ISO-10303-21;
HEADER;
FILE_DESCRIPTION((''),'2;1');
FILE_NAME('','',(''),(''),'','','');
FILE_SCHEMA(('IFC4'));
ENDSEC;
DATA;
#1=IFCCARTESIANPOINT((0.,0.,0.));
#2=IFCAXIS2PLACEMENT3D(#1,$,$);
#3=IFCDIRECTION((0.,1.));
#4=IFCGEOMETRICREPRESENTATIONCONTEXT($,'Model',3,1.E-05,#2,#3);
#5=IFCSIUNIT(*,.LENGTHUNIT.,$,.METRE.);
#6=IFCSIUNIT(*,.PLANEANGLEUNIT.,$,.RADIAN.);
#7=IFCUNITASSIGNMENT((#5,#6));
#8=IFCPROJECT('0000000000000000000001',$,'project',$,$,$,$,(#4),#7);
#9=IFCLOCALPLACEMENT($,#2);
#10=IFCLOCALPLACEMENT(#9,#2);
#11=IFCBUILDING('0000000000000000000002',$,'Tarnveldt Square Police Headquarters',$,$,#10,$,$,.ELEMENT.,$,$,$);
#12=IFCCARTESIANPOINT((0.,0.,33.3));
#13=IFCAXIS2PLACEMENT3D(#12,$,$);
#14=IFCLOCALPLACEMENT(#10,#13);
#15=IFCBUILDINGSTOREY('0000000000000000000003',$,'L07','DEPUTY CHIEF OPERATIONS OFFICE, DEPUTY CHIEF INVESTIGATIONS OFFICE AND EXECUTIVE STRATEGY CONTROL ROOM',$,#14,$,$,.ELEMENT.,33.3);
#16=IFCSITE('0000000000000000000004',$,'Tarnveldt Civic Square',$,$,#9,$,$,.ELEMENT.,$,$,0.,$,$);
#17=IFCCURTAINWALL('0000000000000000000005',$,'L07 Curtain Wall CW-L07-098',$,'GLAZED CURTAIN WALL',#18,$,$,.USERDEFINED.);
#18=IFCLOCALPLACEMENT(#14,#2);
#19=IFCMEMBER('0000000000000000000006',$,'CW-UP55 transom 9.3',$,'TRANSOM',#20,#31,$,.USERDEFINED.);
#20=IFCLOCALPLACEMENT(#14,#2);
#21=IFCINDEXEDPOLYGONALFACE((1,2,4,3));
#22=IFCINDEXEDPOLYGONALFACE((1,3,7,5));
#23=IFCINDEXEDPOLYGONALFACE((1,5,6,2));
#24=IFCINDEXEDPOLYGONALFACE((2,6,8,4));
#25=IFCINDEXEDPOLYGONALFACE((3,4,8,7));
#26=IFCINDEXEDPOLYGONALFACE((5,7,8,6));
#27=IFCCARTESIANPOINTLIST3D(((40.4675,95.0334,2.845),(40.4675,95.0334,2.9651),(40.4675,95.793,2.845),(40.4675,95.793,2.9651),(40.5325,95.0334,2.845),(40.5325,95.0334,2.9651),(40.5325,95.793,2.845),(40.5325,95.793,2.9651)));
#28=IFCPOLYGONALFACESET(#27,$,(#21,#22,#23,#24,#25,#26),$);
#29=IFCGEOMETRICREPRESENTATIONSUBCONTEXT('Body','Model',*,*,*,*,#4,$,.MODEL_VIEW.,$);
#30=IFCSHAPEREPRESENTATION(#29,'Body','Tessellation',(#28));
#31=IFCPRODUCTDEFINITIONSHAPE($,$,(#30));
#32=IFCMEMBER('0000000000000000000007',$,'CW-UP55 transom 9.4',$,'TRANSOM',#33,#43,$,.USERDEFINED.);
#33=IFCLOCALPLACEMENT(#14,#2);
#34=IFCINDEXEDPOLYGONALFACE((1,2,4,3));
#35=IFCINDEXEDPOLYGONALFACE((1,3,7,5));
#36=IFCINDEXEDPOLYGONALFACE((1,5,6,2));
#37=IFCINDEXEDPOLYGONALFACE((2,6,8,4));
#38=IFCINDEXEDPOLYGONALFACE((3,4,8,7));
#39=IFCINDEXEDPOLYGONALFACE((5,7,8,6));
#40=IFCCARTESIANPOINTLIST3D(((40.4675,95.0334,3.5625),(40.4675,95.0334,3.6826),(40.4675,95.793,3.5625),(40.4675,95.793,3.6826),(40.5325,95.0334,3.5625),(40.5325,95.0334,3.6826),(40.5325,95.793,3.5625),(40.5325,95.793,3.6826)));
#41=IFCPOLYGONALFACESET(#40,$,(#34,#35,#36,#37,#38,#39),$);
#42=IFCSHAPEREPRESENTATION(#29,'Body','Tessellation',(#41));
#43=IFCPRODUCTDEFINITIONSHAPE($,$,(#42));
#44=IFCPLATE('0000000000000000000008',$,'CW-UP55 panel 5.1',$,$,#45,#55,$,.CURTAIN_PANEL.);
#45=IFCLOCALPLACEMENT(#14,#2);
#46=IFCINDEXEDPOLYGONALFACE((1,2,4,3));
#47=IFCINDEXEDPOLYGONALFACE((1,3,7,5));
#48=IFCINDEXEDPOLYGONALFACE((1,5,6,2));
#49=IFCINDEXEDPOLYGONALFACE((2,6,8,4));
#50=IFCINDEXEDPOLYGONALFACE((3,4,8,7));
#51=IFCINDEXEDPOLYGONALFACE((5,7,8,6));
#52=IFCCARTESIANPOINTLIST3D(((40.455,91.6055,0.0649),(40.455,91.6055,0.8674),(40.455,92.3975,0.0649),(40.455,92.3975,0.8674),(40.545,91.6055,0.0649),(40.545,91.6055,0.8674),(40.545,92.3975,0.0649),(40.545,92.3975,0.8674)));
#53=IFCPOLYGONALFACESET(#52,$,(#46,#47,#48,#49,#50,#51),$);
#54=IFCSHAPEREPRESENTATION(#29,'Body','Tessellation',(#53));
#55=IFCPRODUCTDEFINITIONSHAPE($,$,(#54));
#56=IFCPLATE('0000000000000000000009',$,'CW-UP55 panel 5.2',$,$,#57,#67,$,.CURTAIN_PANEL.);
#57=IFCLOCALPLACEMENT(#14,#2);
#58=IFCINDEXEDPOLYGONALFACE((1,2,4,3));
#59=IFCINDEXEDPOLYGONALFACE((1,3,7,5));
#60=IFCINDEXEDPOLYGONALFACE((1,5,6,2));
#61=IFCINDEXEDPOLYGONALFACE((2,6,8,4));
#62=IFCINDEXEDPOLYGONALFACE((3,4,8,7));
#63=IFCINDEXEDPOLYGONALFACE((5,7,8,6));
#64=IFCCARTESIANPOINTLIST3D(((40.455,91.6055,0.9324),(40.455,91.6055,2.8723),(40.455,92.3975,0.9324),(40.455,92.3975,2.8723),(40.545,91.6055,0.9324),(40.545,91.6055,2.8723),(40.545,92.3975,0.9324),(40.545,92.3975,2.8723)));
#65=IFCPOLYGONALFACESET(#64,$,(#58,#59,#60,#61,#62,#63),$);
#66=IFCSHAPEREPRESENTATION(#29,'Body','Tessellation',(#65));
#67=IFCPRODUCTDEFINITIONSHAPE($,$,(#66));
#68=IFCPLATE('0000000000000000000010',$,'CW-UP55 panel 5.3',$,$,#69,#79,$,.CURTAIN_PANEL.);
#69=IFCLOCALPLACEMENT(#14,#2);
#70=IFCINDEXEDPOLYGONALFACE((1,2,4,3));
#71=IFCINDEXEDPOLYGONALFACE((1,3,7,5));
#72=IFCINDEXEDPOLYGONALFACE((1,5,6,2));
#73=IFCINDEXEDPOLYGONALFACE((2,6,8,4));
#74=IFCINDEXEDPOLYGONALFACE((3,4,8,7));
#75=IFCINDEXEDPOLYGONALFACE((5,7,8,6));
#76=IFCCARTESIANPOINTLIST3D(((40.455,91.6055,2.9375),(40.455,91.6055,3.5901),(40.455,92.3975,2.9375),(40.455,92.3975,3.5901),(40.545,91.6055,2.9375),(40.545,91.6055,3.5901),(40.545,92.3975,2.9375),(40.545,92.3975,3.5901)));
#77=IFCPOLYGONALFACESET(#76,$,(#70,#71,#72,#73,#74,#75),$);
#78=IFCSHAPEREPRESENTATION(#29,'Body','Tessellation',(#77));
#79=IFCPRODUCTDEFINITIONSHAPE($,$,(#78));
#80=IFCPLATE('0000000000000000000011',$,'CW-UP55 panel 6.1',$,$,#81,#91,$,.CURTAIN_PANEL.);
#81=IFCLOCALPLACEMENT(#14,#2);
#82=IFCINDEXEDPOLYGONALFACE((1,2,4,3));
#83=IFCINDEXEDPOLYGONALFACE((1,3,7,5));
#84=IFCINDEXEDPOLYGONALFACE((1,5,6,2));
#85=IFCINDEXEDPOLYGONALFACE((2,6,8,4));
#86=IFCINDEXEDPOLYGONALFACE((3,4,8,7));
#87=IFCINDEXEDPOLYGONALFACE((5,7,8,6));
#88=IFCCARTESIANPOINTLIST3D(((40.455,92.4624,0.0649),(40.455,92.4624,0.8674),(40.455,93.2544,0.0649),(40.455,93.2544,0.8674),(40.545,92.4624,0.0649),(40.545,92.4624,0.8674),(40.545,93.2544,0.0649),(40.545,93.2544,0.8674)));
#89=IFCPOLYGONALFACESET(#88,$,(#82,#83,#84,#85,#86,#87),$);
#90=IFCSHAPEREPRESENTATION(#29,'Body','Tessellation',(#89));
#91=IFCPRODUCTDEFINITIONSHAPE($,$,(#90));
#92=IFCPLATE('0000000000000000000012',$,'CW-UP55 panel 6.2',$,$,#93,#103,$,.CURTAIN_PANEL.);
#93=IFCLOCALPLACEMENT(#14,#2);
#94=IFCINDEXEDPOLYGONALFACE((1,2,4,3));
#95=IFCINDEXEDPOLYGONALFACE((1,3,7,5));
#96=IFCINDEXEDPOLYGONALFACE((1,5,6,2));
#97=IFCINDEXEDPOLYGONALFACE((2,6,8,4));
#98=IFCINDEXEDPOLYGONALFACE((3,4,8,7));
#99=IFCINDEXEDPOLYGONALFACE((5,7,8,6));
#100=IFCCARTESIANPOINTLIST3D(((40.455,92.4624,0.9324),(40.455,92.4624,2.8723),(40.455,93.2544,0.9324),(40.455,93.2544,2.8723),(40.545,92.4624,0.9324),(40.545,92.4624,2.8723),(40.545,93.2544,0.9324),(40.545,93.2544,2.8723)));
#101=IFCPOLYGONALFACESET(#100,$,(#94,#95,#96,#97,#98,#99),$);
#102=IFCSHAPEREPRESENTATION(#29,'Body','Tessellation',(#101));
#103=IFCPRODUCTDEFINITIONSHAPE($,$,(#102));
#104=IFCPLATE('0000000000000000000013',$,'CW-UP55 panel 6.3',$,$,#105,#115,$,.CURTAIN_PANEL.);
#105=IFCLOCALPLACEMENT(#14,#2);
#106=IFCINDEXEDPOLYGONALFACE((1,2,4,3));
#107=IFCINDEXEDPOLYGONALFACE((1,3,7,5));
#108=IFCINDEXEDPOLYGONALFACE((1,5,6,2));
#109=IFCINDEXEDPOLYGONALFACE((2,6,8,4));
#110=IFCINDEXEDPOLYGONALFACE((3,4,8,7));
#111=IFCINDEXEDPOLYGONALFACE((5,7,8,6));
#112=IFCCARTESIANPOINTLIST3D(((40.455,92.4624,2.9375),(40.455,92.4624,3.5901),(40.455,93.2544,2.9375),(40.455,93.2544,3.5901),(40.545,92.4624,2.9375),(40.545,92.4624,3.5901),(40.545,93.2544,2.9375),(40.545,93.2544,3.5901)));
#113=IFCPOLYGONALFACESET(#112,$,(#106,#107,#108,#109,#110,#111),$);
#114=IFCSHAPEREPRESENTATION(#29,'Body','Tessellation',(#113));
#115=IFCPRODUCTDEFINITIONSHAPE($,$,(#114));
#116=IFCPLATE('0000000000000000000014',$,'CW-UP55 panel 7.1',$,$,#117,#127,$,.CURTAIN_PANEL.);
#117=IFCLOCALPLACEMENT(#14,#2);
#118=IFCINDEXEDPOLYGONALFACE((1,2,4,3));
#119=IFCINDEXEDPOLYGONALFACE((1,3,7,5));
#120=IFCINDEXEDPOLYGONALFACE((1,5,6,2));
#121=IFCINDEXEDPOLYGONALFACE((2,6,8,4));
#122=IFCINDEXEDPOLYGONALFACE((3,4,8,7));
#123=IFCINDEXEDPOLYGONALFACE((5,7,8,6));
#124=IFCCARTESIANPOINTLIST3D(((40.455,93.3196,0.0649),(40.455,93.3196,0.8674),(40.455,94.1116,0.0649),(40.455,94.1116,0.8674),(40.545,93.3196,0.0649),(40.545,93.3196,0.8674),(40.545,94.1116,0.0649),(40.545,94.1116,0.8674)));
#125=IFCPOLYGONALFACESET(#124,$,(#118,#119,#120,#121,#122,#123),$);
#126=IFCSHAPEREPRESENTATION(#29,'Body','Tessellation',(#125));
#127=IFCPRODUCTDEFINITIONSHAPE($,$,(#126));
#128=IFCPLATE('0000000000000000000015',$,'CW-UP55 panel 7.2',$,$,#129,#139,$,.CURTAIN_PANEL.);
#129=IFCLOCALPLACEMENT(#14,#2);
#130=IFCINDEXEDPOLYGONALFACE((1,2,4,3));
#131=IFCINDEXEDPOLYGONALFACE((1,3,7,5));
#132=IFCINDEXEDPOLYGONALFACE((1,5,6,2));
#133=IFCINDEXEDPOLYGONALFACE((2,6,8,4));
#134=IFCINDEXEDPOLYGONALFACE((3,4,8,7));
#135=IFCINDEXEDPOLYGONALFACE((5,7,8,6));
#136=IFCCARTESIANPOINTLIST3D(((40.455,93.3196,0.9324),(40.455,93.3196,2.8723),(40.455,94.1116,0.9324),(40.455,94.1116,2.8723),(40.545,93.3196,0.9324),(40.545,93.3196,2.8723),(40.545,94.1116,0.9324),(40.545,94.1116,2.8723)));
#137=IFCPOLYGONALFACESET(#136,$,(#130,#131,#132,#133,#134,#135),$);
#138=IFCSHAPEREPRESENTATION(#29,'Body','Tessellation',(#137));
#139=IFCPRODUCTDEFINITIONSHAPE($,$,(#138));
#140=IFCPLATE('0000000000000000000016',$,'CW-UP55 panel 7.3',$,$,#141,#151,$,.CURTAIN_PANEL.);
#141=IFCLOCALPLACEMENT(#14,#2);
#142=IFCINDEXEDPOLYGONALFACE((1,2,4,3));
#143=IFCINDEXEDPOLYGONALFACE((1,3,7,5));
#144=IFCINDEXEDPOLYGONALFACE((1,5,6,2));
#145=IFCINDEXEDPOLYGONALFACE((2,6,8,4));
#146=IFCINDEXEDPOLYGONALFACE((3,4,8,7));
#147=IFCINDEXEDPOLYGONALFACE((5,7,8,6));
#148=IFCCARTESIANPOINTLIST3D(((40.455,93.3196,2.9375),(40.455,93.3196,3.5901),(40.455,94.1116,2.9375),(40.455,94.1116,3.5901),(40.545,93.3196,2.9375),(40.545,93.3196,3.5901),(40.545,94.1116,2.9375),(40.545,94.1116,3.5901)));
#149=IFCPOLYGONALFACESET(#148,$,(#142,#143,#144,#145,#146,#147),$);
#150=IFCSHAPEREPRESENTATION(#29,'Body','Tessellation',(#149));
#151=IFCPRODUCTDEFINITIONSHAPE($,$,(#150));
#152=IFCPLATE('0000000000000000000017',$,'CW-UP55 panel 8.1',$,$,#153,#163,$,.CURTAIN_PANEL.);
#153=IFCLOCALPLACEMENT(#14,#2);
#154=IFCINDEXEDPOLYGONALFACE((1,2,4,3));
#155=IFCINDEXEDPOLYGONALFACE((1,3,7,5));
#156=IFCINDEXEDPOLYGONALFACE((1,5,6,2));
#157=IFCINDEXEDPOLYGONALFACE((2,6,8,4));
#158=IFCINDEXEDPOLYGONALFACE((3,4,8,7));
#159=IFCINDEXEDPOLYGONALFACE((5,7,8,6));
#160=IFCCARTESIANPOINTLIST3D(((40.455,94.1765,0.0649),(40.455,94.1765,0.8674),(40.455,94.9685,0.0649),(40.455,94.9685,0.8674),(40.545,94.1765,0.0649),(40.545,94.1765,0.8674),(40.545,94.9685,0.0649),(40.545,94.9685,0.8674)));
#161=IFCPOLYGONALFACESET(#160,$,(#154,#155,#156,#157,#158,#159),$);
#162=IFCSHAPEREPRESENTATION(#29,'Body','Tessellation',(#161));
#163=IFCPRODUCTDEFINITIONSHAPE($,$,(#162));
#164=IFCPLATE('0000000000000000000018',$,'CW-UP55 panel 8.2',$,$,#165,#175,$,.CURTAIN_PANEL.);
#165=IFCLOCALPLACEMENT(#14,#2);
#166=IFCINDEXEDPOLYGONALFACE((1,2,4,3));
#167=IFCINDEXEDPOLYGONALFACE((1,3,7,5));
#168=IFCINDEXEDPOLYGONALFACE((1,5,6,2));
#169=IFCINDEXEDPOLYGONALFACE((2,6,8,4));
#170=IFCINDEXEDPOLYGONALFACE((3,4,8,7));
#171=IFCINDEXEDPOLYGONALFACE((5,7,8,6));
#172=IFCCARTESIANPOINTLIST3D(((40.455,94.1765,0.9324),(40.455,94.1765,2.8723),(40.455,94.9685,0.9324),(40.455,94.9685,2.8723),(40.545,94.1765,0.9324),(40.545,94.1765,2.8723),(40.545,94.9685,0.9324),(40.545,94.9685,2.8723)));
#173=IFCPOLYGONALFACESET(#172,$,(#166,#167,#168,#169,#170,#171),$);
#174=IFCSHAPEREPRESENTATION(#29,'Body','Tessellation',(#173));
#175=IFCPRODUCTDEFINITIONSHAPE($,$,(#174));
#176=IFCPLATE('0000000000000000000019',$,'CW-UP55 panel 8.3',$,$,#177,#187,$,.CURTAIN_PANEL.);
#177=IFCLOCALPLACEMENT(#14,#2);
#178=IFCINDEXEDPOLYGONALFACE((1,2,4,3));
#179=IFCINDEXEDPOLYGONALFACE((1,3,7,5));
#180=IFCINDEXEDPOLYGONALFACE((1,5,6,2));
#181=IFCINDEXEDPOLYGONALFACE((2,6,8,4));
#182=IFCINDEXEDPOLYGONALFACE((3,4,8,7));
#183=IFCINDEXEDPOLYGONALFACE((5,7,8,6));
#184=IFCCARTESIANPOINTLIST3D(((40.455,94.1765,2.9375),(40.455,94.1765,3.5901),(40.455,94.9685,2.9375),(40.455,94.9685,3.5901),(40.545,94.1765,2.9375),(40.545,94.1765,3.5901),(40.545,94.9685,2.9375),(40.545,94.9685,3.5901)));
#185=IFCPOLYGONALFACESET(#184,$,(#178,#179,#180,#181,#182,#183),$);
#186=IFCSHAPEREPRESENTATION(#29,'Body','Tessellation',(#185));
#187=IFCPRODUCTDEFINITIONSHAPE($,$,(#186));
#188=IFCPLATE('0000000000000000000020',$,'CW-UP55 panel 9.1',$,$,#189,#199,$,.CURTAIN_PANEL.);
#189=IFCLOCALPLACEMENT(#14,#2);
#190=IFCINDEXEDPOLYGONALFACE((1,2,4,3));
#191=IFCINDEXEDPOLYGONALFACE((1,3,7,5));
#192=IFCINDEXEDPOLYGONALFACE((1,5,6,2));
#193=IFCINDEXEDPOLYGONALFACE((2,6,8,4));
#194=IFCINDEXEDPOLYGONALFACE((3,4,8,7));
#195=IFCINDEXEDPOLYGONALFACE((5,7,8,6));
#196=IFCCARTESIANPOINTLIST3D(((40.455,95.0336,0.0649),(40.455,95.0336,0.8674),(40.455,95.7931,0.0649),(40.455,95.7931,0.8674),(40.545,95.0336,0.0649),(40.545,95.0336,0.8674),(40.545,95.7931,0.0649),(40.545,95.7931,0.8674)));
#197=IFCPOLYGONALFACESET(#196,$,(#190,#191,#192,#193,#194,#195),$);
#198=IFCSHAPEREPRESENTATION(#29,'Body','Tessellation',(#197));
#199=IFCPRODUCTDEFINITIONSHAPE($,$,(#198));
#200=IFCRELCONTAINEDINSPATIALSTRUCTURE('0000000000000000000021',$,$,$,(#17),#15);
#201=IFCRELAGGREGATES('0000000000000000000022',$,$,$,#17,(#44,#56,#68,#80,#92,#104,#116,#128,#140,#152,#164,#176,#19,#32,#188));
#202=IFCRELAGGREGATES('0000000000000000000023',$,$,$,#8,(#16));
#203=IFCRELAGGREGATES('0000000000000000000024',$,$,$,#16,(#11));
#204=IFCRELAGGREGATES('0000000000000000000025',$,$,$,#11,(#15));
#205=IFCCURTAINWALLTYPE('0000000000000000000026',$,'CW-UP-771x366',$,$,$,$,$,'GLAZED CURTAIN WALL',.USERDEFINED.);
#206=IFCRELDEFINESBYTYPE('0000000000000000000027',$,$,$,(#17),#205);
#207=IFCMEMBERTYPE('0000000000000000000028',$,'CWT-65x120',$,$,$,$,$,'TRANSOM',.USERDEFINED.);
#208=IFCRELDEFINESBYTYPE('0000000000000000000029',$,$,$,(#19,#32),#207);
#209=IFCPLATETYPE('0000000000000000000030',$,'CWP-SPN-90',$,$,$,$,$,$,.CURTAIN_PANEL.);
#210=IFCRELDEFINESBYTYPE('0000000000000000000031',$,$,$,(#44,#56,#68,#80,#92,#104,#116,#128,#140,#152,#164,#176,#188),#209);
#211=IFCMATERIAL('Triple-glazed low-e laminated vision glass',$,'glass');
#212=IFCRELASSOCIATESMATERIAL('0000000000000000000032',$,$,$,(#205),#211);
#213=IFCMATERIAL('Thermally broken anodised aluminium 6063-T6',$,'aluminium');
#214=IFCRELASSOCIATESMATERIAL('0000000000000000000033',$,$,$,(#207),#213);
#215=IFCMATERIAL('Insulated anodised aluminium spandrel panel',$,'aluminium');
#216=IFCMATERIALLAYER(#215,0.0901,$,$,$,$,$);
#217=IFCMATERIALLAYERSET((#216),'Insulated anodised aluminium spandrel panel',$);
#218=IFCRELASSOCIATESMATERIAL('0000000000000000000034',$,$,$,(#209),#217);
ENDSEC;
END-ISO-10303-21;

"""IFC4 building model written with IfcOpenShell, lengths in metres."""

from ifc_helpers import new_model, si_unit, direction, frame, origin, origin_2d, place, context, subcontext, project, spatial, rectangle, extrude, material, layer, layer_set, material_profile, profile_set, type_object, element, aggregate, save


model = new_model("IFC4")

# Units and contexts
model_context = context("Model", 3, precision=1e-05, world=origin(), true_north=direction((0.0, 1.0)))
body_context = subcontext(model_context, "Body", "Model", "MODEL_VIEW")
ifc_project = project(units=[si_unit("LENGTHUNIT", "METRE"), si_unit("PLANEANGLEUNIT", "RADIAN")], contexts=[model_context])

# Site, building, storey
site_placement = place(None, origin())
site = spatial("IfcSite", under=ifc_project, at=site_placement, Name="Tarnveldt Civic Square", CompositionType="ELEMENT", RefElevation=0.0)
building_placement = place(site_placement, origin())
building = spatial("IfcBuilding", under=site, at=building_placement, Name="Tarnveldt Square Police Headquarters", CompositionType="ELEMENT")
storey_placement = place(building_placement, frame((0.0, 0.0, 33.3)))
storey = spatial("IfcBuildingStorey", under=building, at=storey_placement, Name="L07", Description="DEPUTY CHIEF OPERATIONS OFFICE, DEPUTY CHIEF INVESTIGATIONS OFFICE AND EXECUTIVE STRATEGY CONTROL ROOM", CompositionType="ELEMENT", Elevation=33.3)

# Curtain wall, members, plates
ifc_material_1 = material(Name="Triple-glazed low-e laminated vision glass", Category="glass")
curtain_wall_type = type_object("IfcCurtainWallType", Name="CW-UP-771x366", ElementType="GLAZED CURTAIN WALL", PredefinedType="USERDEFINED", material=ifc_material_1)
curtain_wall_placement = place(storey_placement, origin())
curtain_wall = element("IfcCurtainWall", 1, at=curtain_wall_placement, inside=storey, type_object=curtain_wall_type, Name="L07 Curtain Wall CW-L07-098", ObjectType="GLAZED CURTAIN WALL", PredefinedType="USERDEFINED")
ifc_material_2 = material(Name="Thermally broken anodised aluminium 6063-T6", Category="aluminium")
ifc_material_profile_1 = material_profile(ifc_material_2, rectangle(XDim=0.0649, YDim=0.1201, at=origin_2d()), Name="CW-T65x120")
ifc_profile_set_1 = profile_set([ifc_material_profile_1], Name="Thermally broken anodised aluminium 6063-T6")
member_type_1 = type_object("IfcMemberType", Name="CWT-65x120", ElementType="TRANSOM", PredefinedType="USERDEFINED", material=ifc_profile_set_1)
member_1_placement = place(storey_placement, frame((40.5, 95.0334, 2.905), z_axis=(0.0, 1.0, 0.0), x_axis=(-1.0, 0.0, 0.0)))
member_1 = element("IfcMember", 2, at=member_1_placement, type_object=member_type_1, Name="CW-UP55 transom 9.3", ObjectType="TRANSOM", PredefinedType="USERDEFINED", context=body_context, shape_type="SweptSolid", body=[
    extrude(rectangle(XDim=0.0649, YDim=0.1201, at=origin_2d()), origin(), (0.0, 0.0, 1.0), 0.7595),
])
member_2_placement = place(storey_placement, frame((40.5, 95.0334, 3.6226), z_axis=(0.0, 1.0, 0.0), x_axis=(-1.0, 0.0, 0.0)))
member_2 = element("IfcMember", 3, at=member_2_placement, type_object=member_type_1, Name="CW-UP55 transom 9.4", ObjectType="TRANSOM", PredefinedType="USERDEFINED", context=body_context, shape_type="SweptSolid", body=[
    extrude(rectangle(XDim=0.0649, YDim=0.1201, at=origin_2d()), origin(), (0.0, 0.0, 1.0), 0.7595),
])
ifc_material_3 = material(Name="Insulated anodised aluminium spandrel panel", Category="aluminium")
ifc_layer = layer(ifc_material_3, 0.0901)
ifc_layer_set = layer_set([ifc_layer], Name="Insulated anodised aluminium spandrel panel")
plate_type = type_object("IfcPlateType", Name="CWP-SPN-90", PredefinedType="CURTAIN_PANEL", material=ifc_layer_set)
plate_1_placement = place(storey_placement, frame((40.5, 92.0015, 0.0649), z_axis=(0.0, 0.0, 1.0), x_axis=(0.0, 1.0, 0.0)))
plate_1 = element("IfcPlate", 4, at=plate_1_placement, type_object=plate_type, Name="CW-UP55 panel 5.1", PredefinedType="CURTAIN_PANEL", context=body_context, shape_type="SweptSolid", body=[
    extrude(rectangle(XDim=0.792, YDim=0.0901, at=origin_2d()), origin(), (0.0, 0.0, 1.0), 0.8025),
])
plate_2_placement = place(storey_placement, frame((40.5, 92.0015, 0.9324), z_axis=(0.0, 0.0, 1.0), x_axis=(0.0, 1.0, 0.0)))
plate_2 = element("IfcPlate", 5, at=plate_2_placement, type_object=plate_type, Name="CW-UP55 panel 5.2", PredefinedType="CURTAIN_PANEL", context=body_context, shape_type="SweptSolid", body=[
    extrude(rectangle(XDim=0.792, YDim=0.0901, at=origin_2d()), origin(), (0.0, 0.0, 1.0), 1.9399),
])
plate_3_placement = place(storey_placement, frame((40.5, 92.0015, 2.9375), z_axis=(0.0, 0.0, 1.0), x_axis=(0.0, 1.0, 0.0)))
plate_3 = element("IfcPlate", 6, at=plate_3_placement, type_object=plate_type, Name="CW-UP55 panel 5.3", PredefinedType="CURTAIN_PANEL", context=body_context, shape_type="SweptSolid", body=[
    extrude(rectangle(XDim=0.792, YDim=0.0901, at=origin_2d()), origin(), (0.0, 0.0, 1.0), 0.6526),
])
plate_4_placement = place(storey_placement, frame((40.5, 92.8584, 0.0649), z_axis=(0.0, 0.0, 1.0), x_axis=(0.0, 1.0, 0.0)))
plate_4 = element("IfcPlate", 7, at=plate_4_placement, type_object=plate_type, Name="CW-UP55 panel 6.1", PredefinedType="CURTAIN_PANEL", context=body_context, shape_type="SweptSolid", body=[
    extrude(rectangle(XDim=0.792, YDim=0.0901, at=origin_2d()), origin(), (0.0, 0.0, 1.0), 0.8025),
])
plate_5_placement = place(storey_placement, frame((40.5, 92.8584, 0.9324), z_axis=(0.0, 0.0, 1.0), x_axis=(0.0, 1.0, 0.0)))
plate_5 = element("IfcPlate", 8, at=plate_5_placement, type_object=plate_type, Name="CW-UP55 panel 6.2", PredefinedType="CURTAIN_PANEL", context=body_context, shape_type="SweptSolid", body=[
    extrude(rectangle(XDim=0.792, YDim=0.0901, at=origin_2d()), origin(), (0.0, 0.0, 1.0), 1.9399),
])
plate_6_placement = place(storey_placement, frame((40.5, 92.8584, 2.9375), z_axis=(0.0, 0.0, 1.0), x_axis=(0.0, 1.0, 0.0)))
plate_6 = element("IfcPlate", 9, at=plate_6_placement, type_object=plate_type, Name="CW-UP55 panel 6.3", PredefinedType="CURTAIN_PANEL", context=body_context, shape_type="SweptSolid", body=[
    extrude(rectangle(XDim=0.792, YDim=0.0901, at=origin_2d()), origin(), (0.0, 0.0, 1.0), 0.6526),
])
plate_7_placement = place(storey_placement, frame((40.5, 93.7156, 0.0649), z_axis=(0.0, 0.0, 1.0), x_axis=(0.0, 1.0, 0.0)))
plate_7 = element("IfcPlate", 10, at=plate_7_placement, type_object=plate_type, Name="CW-UP55 panel 7.1", PredefinedType="CURTAIN_PANEL", context=body_context, shape_type="SweptSolid", body=[
    extrude(rectangle(XDim=0.792, YDim=0.0901, at=origin_2d()), origin(), (0.0, 0.0, 1.0), 0.8025),
])
plate_8_placement = place(storey_placement, frame((40.5, 93.7156, 0.9324), z_axis=(0.0, 0.0, 1.0), x_axis=(0.0, 1.0, 0.0)))
plate_8 = element("IfcPlate", 11, at=plate_8_placement, type_object=plate_type, Name="CW-UP55 panel 7.2", PredefinedType="CURTAIN_PANEL", context=body_context, shape_type="SweptSolid", body=[
    extrude(rectangle(XDim=0.792, YDim=0.0901, at=origin_2d()), origin(), (0.0, 0.0, 1.0), 1.9399),
])
plate_9_placement = place(storey_placement, frame((40.5, 93.7156, 2.9375), z_axis=(0.0, 0.0, 1.0), x_axis=(0.0, 1.0, 0.0)))
plate_9 = element("IfcPlate", 12, at=plate_9_placement, type_object=plate_type, Name="CW-UP55 panel 7.3", PredefinedType="CURTAIN_PANEL", context=body_context, shape_type="SweptSolid", body=[
    extrude(rectangle(XDim=0.792, YDim=0.0901, at=origin_2d()), origin(), (0.0, 0.0, 1.0), 0.6526),
])
plate_10_placement = place(storey_placement, frame((40.5, 94.5725, 0.0649), z_axis=(0.0, 0.0, 1.0), x_axis=(0.0, 1.0, 0.0)))
plate_10 = element("IfcPlate", 13, at=plate_10_placement, type_object=plate_type, Name="CW-UP55 panel 8.1", PredefinedType="CURTAIN_PANEL", context=body_context, shape_type="SweptSolid", body=[
    extrude(rectangle(XDim=0.792, YDim=0.0901, at=origin_2d()), origin(), (0.0, 0.0, 1.0), 0.8025),
])
plate_11_placement = place(storey_placement, frame((40.5, 94.5725, 0.9324), z_axis=(0.0, 0.0, 1.0), x_axis=(0.0, 1.0, 0.0)))
plate_11 = element("IfcPlate", 14, at=plate_11_placement, type_object=plate_type, Name="CW-UP55 panel 8.2", PredefinedType="CURTAIN_PANEL", context=body_context, shape_type="SweptSolid", body=[
    extrude(rectangle(XDim=0.792, YDim=0.0901, at=origin_2d()), origin(), (0.0, 0.0, 1.0), 1.9399),
])
plate_12_placement = place(storey_placement, frame((40.5, 94.5725, 2.9375), z_axis=(0.0, 0.0, 1.0), x_axis=(0.0, 1.0, 0.0)))
plate_12 = element("IfcPlate", 15, at=plate_12_placement, type_object=plate_type, Name="CW-UP55 panel 8.3", PredefinedType="CURTAIN_PANEL", context=body_context, shape_type="SweptSolid", body=[
    extrude(rectangle(XDim=0.792, YDim=0.0901, at=origin_2d()), origin(), (0.0, 0.0, 1.0), 0.6526),
])
plate_13_placement = place(storey_placement, frame((40.5, 95.4133, 0.0649), z_axis=(0.0, 0.0, 1.0), x_axis=(0.0, 1.0, 0.0)))
plate_13 = element("IfcPlate", 16, at=plate_13_placement, type_object=plate_type, Name="CW-UP55 panel 9.1", PredefinedType="CURTAIN_PANEL", context=body_context, shape_type="SweptSolid", body=[
    extrude(rectangle(XDim=0.7595, YDim=0.0901, at=origin_2d()), origin(), (0.0, 0.0, 1.0), 0.8025),
])
aggregate(curtain_wall, [plate_1, plate_2, plate_3, plate_4, plate_5, plate_6, plate_7, plate_8, plate_9, plate_10, plate_11, plate_12, member_1, member_2, plate_13])

save(model, "model.ifc")
